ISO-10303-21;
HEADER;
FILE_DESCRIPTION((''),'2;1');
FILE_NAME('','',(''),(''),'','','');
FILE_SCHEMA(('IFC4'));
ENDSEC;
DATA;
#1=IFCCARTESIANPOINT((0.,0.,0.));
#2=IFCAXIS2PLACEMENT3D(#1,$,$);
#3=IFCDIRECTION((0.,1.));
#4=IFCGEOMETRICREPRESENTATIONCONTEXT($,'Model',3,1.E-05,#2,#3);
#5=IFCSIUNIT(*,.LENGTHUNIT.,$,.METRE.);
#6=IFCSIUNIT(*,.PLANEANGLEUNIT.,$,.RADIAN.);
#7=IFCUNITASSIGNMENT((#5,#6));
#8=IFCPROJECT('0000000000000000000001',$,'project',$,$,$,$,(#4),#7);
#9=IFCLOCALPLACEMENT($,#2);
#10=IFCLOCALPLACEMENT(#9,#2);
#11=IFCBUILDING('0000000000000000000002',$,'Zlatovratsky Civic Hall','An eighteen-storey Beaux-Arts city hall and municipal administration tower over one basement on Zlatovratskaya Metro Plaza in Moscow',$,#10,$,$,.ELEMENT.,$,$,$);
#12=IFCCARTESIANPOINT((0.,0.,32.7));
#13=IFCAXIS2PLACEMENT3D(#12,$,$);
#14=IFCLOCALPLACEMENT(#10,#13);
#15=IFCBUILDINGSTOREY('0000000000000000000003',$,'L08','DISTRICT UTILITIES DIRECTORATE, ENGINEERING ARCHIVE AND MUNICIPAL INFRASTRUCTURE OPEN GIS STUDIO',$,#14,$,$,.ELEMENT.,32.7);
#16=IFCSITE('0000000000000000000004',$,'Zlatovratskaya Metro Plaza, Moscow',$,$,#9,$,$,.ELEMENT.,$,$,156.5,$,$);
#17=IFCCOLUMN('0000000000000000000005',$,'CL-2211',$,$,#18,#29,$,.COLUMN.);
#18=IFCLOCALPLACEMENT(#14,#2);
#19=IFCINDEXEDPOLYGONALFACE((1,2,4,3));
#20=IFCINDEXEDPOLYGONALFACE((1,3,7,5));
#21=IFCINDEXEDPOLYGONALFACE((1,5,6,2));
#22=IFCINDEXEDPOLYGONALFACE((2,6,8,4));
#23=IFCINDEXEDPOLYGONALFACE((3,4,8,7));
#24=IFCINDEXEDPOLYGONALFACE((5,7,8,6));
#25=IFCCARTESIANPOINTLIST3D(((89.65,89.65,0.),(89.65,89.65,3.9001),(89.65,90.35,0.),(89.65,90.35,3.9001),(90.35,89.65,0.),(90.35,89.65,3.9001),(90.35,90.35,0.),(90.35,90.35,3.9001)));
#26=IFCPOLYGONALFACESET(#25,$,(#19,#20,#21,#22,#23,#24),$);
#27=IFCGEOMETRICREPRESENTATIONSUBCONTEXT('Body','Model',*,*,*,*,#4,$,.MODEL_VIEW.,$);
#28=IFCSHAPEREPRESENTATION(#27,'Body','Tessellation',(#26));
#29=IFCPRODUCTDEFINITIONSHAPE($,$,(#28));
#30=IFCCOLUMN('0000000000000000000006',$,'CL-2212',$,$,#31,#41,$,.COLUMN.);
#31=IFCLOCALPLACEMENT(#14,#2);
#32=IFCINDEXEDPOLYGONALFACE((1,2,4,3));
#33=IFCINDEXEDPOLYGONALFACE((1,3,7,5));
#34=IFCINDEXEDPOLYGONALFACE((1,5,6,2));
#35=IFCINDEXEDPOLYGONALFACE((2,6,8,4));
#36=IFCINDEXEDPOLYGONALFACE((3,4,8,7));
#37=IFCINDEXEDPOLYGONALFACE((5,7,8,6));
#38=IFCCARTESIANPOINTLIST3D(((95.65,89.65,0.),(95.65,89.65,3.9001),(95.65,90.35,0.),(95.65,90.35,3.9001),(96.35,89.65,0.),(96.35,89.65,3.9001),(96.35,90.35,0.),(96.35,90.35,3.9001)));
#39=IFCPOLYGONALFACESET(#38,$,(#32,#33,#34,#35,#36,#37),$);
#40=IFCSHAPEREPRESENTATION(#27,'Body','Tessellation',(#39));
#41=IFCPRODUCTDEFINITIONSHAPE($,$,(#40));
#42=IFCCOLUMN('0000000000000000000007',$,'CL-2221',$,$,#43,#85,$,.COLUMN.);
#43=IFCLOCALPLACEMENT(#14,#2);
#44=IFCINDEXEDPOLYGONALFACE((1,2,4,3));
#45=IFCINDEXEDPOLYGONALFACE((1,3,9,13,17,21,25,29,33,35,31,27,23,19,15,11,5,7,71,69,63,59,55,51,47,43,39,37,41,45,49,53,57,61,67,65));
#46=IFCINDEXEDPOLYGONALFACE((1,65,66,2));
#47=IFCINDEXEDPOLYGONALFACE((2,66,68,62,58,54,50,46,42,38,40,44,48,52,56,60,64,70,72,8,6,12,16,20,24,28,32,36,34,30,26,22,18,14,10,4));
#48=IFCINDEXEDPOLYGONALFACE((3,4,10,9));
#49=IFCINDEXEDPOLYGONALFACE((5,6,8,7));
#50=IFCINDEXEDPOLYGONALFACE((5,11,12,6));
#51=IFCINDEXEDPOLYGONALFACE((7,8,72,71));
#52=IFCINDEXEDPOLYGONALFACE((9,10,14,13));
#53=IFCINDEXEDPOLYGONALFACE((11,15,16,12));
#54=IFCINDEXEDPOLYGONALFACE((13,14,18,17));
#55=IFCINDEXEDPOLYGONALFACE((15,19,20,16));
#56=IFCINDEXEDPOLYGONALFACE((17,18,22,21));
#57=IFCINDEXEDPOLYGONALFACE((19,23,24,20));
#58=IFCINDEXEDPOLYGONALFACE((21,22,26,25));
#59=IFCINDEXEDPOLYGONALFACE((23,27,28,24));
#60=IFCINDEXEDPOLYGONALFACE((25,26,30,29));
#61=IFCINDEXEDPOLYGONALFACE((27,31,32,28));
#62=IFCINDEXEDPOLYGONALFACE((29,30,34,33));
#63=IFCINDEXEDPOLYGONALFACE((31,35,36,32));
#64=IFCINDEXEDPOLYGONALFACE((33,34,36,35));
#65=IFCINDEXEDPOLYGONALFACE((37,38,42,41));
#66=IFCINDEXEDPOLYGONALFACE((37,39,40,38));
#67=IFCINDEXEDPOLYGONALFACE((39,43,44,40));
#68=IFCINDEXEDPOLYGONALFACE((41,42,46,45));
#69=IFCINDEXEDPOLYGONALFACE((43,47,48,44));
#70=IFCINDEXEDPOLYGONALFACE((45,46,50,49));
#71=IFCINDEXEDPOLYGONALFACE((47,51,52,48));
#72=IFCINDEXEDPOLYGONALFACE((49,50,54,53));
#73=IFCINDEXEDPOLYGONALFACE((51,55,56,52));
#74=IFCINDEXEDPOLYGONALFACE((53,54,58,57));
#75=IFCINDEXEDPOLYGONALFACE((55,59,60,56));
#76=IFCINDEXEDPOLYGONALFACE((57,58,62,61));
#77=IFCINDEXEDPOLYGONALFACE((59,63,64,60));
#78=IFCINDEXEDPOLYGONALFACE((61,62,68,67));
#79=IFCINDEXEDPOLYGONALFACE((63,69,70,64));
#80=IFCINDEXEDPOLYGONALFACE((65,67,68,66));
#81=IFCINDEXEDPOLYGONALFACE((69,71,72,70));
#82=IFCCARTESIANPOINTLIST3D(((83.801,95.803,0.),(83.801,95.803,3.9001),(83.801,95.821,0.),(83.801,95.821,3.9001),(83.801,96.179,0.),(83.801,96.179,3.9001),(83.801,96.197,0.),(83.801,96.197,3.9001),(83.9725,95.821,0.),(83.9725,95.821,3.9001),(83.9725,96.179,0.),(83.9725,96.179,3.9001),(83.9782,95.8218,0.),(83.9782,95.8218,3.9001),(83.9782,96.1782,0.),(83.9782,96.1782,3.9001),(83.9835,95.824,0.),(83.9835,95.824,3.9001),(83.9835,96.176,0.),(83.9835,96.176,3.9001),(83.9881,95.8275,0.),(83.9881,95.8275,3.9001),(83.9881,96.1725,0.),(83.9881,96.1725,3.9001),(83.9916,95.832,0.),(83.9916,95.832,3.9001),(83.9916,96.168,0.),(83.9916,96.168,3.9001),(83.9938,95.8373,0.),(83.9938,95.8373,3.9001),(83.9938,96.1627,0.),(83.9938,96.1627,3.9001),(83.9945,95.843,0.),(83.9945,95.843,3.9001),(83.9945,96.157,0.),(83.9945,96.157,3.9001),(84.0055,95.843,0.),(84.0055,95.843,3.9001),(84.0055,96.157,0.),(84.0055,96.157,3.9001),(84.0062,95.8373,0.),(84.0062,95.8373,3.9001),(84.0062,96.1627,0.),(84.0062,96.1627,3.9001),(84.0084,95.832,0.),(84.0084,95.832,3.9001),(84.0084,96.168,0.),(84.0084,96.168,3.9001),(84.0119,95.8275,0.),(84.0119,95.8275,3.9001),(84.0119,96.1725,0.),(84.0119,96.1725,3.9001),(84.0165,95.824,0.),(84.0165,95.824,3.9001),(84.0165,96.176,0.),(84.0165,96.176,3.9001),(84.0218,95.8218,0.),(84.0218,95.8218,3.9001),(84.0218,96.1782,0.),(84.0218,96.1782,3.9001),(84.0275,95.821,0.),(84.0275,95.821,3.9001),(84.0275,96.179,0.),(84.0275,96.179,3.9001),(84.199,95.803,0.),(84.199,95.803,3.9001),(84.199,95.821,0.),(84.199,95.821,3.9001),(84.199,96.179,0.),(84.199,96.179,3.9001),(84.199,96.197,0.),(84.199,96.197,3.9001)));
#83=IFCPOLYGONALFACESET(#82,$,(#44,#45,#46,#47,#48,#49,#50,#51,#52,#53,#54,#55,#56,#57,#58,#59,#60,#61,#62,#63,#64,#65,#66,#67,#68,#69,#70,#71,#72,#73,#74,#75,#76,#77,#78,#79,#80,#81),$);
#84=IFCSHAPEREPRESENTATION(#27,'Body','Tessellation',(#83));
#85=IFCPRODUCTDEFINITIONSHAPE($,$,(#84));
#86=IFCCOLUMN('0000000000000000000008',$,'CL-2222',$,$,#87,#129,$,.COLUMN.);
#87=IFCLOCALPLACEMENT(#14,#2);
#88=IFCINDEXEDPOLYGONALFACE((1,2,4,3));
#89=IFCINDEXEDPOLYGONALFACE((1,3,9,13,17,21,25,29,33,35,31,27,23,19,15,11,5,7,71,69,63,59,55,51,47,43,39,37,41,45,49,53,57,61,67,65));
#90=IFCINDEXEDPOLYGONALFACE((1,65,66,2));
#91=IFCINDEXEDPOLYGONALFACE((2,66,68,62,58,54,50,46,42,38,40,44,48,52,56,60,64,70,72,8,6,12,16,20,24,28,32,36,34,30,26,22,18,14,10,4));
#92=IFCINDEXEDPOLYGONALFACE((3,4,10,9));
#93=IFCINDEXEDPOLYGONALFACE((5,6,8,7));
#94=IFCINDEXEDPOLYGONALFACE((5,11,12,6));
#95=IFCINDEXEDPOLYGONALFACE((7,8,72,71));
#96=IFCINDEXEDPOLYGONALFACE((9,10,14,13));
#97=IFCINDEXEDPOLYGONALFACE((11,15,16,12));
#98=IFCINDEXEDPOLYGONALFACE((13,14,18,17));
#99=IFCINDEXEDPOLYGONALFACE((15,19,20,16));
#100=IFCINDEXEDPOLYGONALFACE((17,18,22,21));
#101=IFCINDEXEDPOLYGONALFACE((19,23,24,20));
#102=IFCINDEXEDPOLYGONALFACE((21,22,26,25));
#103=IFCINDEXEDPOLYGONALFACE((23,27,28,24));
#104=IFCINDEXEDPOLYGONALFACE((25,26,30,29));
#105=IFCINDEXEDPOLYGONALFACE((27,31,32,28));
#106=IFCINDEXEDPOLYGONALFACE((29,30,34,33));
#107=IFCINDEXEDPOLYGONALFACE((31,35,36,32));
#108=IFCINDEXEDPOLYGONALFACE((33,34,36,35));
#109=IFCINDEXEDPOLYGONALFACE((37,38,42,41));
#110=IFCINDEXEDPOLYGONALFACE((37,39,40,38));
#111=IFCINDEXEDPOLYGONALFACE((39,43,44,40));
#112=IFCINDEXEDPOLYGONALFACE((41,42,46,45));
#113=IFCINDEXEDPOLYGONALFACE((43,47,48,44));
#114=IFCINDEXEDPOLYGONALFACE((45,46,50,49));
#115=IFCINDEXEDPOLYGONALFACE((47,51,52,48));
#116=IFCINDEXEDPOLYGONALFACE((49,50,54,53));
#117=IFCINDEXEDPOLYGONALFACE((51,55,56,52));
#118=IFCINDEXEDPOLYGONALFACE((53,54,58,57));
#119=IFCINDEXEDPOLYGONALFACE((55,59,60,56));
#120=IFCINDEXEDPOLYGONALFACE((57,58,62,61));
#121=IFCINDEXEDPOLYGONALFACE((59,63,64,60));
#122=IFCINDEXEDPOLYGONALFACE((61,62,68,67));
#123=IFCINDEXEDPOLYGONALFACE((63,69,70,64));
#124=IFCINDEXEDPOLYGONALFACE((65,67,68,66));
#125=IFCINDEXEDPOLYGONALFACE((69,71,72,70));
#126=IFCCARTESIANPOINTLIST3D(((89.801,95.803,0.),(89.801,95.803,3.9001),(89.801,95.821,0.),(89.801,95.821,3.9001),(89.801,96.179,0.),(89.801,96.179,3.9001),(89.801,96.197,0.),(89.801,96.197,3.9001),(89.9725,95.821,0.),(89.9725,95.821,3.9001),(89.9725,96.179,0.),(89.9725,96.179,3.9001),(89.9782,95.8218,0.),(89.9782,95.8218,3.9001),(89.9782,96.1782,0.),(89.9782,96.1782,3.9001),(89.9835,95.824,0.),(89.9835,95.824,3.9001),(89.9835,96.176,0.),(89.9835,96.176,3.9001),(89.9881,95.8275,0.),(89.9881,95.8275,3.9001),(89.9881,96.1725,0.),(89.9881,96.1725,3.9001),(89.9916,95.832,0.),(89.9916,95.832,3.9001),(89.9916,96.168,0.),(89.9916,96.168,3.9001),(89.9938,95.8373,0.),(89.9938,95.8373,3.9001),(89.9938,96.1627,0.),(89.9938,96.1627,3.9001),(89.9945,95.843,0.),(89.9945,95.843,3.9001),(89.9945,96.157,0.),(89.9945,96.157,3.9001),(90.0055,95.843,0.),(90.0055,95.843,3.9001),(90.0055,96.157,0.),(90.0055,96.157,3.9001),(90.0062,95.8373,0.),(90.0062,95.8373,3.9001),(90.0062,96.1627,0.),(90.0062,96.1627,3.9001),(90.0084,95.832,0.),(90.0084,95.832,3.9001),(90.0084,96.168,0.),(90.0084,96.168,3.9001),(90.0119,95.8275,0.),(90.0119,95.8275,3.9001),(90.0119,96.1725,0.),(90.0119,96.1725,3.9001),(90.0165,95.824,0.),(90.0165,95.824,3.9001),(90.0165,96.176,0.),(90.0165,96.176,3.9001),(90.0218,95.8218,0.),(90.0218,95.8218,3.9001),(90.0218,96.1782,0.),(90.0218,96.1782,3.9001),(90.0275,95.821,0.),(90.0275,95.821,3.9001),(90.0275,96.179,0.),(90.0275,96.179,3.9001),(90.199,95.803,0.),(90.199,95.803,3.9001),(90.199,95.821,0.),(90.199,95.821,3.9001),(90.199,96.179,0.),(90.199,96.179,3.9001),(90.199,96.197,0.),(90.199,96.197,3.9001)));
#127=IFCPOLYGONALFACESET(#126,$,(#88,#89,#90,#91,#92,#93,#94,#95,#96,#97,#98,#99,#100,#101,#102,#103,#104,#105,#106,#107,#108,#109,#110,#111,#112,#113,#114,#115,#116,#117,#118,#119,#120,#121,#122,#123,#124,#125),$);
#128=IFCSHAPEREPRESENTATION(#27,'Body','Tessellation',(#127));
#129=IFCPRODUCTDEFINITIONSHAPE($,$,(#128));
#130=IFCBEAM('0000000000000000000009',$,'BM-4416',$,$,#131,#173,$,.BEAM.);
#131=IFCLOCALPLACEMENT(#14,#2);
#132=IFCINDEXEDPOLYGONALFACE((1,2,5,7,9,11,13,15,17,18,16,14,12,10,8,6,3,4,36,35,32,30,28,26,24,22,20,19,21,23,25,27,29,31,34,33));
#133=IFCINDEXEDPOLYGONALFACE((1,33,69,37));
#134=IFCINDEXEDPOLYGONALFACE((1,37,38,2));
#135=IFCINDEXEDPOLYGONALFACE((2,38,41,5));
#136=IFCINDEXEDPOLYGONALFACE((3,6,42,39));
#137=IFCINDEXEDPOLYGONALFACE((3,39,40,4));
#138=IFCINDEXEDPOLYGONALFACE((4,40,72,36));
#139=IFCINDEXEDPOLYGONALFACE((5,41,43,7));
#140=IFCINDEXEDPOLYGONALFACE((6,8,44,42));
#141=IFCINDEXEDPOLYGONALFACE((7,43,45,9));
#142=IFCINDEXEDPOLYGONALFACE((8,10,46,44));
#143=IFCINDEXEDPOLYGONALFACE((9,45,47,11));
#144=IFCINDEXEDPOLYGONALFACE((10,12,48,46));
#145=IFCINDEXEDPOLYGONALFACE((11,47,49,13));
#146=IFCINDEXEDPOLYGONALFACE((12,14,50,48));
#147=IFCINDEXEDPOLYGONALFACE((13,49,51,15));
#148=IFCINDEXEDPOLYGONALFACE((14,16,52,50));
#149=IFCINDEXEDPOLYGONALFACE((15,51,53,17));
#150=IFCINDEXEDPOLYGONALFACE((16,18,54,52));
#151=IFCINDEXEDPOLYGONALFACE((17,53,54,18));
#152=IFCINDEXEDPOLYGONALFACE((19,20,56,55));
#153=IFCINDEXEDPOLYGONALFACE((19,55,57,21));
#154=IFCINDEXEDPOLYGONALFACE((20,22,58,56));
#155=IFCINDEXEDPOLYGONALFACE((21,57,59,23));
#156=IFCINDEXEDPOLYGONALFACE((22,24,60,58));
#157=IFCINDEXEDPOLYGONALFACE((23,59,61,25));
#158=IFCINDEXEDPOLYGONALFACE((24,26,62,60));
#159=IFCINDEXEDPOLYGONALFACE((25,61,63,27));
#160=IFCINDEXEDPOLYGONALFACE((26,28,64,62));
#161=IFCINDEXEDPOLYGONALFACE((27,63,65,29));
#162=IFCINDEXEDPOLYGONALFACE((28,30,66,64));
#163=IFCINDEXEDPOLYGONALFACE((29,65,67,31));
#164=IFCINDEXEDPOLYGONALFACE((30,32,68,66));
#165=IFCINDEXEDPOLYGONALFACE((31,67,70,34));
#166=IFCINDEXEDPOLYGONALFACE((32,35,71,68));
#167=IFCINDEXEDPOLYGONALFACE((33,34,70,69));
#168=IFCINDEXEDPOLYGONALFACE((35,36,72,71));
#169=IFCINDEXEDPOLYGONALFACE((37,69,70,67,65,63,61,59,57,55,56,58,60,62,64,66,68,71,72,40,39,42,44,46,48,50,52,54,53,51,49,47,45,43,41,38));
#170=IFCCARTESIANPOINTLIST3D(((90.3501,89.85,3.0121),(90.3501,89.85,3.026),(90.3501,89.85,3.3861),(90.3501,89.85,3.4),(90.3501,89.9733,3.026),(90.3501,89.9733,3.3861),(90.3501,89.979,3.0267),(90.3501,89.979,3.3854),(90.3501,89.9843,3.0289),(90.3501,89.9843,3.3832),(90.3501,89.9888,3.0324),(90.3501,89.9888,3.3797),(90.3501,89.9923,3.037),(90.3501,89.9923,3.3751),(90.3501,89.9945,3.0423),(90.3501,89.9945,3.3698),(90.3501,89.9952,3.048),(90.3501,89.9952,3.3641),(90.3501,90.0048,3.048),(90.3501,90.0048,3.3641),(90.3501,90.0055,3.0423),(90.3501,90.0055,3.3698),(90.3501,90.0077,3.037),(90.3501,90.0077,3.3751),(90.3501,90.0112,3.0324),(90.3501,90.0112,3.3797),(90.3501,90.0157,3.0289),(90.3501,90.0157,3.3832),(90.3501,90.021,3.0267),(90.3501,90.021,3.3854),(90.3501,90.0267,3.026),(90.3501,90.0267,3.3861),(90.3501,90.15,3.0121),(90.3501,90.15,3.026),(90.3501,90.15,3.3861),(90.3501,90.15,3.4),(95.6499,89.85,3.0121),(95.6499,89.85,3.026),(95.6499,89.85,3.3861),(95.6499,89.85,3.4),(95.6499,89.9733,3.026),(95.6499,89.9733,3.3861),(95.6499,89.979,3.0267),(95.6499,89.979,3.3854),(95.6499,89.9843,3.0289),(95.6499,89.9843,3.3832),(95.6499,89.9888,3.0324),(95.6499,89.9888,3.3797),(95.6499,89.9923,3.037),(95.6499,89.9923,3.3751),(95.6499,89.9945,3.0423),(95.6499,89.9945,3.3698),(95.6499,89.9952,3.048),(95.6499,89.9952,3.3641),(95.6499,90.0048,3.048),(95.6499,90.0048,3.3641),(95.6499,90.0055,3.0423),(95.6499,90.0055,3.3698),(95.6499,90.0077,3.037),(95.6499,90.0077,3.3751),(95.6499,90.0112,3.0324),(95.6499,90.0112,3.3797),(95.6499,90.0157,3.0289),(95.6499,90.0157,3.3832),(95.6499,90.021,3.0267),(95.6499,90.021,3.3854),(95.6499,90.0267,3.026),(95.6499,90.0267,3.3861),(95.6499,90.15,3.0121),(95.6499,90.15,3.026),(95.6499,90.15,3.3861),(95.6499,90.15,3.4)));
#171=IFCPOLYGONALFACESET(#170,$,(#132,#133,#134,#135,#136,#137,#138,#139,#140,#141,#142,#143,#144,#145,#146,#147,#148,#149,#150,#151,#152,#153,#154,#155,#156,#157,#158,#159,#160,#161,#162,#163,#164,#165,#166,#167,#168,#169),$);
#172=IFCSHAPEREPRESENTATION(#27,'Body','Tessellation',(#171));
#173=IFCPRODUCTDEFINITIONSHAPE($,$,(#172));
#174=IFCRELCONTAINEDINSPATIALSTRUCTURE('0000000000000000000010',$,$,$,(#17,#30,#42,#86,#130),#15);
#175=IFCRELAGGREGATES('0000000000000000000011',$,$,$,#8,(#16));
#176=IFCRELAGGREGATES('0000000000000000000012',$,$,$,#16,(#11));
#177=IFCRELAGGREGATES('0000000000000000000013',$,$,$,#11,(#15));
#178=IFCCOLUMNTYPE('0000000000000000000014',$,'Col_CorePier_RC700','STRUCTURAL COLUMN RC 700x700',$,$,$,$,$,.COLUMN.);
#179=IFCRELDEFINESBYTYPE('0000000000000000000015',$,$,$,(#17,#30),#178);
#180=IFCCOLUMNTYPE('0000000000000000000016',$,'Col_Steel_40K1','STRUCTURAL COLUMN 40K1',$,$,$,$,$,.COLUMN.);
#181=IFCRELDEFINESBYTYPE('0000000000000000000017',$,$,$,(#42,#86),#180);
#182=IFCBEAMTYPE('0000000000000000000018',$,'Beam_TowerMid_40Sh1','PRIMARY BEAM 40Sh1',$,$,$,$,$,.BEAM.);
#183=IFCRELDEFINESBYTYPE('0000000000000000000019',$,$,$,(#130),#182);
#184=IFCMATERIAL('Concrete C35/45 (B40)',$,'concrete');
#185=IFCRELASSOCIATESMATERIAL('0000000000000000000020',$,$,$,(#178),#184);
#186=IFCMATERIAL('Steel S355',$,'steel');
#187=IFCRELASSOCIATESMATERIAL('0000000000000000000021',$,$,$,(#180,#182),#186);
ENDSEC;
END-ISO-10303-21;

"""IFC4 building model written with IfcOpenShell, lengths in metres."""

from ifc_helpers import new_model, si_unit, direction, frame, origin, origin_2d, place, context, subcontext, project, spatial, rectangle, i_section, extrude, material, material_profile, profile_set, type_object, element, save


model = new_model("IFC4")

# Units and contexts
model_context = context("Model", 3, precision=1e-05, world=origin(), true_north=direction((0.0, 1.0)))
body_context = subcontext(model_context, "Body", "Model", "MODEL_VIEW")
ifc_project = project(units=[si_unit("LENGTHUNIT", "METRE"), si_unit("PLANEANGLEUNIT", "RADIAN")], contexts=[model_context])

# Site, building, storey
site_placement = place(None, origin())
site = spatial("IfcSite", under=ifc_project, at=site_placement, Name="Zlatovratskaya Metro Plaza, Moscow", CompositionType="ELEMENT", RefElevation=156.5)
building_placement = place(site_placement, origin())
building = spatial("IfcBuilding", under=site, at=building_placement, Name="Zlatovratsky Civic Hall", Description="An eighteen-storey Beaux-Arts city hall and municipal administration tower over one basement on Zlatovratskaya Metro Plaza in Moscow", CompositionType="ELEMENT")
storey_placement = place(building_placement, frame((0.0, 0.0, 32.7)))
storey = spatial("IfcBuildingStorey", under=building, at=storey_placement, Name="L08", Description="DISTRICT UTILITIES DIRECTORATE, ENGINEERING ARCHIVE AND MUNICIPAL INFRASTRUCTURE OPEN GIS STUDIO", CompositionType="ELEMENT", Elevation=32.7)

# Columns
ifc_material_1 = material(Name="Concrete C35/45 (B40)", Category="concrete")
ifc_material_profile_1 = material_profile(ifc_material_1, rectangle(XDim=0.7, YDim=0.7, at=origin_2d()), Name="RC 700x700")
ifc_profile_set_1 = profile_set([ifc_material_profile_1], Name="Concrete C35/45 (B40)")
column_type_1 = type_object("IfcColumnType", Name="Col_CorePier_RC700", Description="STRUCTURAL COLUMN RC 700x700", PredefinedType="COLUMN", material=ifc_profile_set_1)
for number, where, z_axis, x_axis, name in (
    (1, (90.0, 90.0, 0.0), (0.0, 0.0, 1.0), (1.0, 0.0, 0.0), "CL-2211"),
    (2, (96.0, 90.0, 0.0), (0.0, 0.0, 1.0), (1.0, 0.0, 0.0), "CL-2212"),
):
    element("IfcColumn", number, at=place(storey_placement, frame(where, z_axis=z_axis, x_axis=x_axis)), inside=storey, type_object=column_type_1, Name=name, PredefinedType="COLUMN", context=body_context, shape_type="SweptSolid", body=[
        extrude(rectangle(XDim=0.7, YDim=0.7, at=origin_2d()), origin(), (0.0, 0.0, 1.0), 3.9001),
    ])
ifc_material_2 = material(Name="Steel S355", Category="steel")
ifc_material_profile_2 = material_profile(ifc_material_2, i_section(OverallWidth=0.3979, OverallDepth=0.394, WebThickness=0.011, FlangeThickness=0.0181, FilletRadius=0.022, at=origin_2d()), Name="40K1")
ifc_profile_set_2 = profile_set([ifc_material_profile_2], Name="Steel S355")
column_type_2 = type_object("IfcColumnType", Name="Col_Steel_40K1", Description="STRUCTURAL COLUMN 40K1", PredefinedType="COLUMN", material=ifc_profile_set_2)
for number, where, z_axis, x_axis, name in (
    (3, (84.0, 96.0, 0.0), (0.0, 0.0, 1.0), (1.0, 0.0, 0.0), "CL-2221"),
    (4, (90.0, 96.0, 0.0), (0.0, 0.0, 1.0), (1.0, 0.0, 0.0), "CL-2222"),
):
    element("IfcColumn", number, at=place(storey_placement, frame(where, z_axis=z_axis, x_axis=x_axis)), inside=storey, type_object=column_type_2, Name=name, PredefinedType="COLUMN", context=body_context, shape_type="SweptSolid", body=[
        extrude(i_section(OverallWidth=0.3979, OverallDepth=0.394, WebThickness=0.011, FlangeThickness=0.0181, FilletRadius=0.022, at=origin_2d()), origin(), (0.0, 0.0, 1.0), 3.9001),
    ])

# Beam
ifc_material_profile_3 = material_profile(ifc_material_2, i_section(OverallWidth=0.3, OverallDepth=0.3879, WebThickness=0.0095, FlangeThickness=0.0139, FilletRadius=0.022, at=origin_2d()), Name="40Sh1")
ifc_profile_set_3 = profile_set([ifc_material_profile_3], Name="Steel S355")
beam_type_1 = type_object("IfcBeamType", Name="Beam_TowerMid_40Sh1", Description="PRIMARY BEAM 40Sh1", PredefinedType="BEAM", material=ifc_profile_set_3)
beam_1_placement = place(storey_placement, frame((90.3501, 90.0, 3.2061), z_axis=(1.0, 0.0, 0.0), x_axis=(0.0, 1.0, 0.0)))
element("IfcBeam", 5, at=beam_1_placement, inside=storey, type_object=beam_type_1, Name="BM-4416", PredefinedType="BEAM", context=body_context, shape_type="SweptSolid", body=[
    extrude(i_section(OverallWidth=0.3, OverallDepth=0.3879, WebThickness=0.0095, FlangeThickness=0.0139, FilletRadius=0.022, at=origin_2d()), origin(), (0.0, 0.0, 1.0), 5.2998),
])

save(model, "model.ifc")
